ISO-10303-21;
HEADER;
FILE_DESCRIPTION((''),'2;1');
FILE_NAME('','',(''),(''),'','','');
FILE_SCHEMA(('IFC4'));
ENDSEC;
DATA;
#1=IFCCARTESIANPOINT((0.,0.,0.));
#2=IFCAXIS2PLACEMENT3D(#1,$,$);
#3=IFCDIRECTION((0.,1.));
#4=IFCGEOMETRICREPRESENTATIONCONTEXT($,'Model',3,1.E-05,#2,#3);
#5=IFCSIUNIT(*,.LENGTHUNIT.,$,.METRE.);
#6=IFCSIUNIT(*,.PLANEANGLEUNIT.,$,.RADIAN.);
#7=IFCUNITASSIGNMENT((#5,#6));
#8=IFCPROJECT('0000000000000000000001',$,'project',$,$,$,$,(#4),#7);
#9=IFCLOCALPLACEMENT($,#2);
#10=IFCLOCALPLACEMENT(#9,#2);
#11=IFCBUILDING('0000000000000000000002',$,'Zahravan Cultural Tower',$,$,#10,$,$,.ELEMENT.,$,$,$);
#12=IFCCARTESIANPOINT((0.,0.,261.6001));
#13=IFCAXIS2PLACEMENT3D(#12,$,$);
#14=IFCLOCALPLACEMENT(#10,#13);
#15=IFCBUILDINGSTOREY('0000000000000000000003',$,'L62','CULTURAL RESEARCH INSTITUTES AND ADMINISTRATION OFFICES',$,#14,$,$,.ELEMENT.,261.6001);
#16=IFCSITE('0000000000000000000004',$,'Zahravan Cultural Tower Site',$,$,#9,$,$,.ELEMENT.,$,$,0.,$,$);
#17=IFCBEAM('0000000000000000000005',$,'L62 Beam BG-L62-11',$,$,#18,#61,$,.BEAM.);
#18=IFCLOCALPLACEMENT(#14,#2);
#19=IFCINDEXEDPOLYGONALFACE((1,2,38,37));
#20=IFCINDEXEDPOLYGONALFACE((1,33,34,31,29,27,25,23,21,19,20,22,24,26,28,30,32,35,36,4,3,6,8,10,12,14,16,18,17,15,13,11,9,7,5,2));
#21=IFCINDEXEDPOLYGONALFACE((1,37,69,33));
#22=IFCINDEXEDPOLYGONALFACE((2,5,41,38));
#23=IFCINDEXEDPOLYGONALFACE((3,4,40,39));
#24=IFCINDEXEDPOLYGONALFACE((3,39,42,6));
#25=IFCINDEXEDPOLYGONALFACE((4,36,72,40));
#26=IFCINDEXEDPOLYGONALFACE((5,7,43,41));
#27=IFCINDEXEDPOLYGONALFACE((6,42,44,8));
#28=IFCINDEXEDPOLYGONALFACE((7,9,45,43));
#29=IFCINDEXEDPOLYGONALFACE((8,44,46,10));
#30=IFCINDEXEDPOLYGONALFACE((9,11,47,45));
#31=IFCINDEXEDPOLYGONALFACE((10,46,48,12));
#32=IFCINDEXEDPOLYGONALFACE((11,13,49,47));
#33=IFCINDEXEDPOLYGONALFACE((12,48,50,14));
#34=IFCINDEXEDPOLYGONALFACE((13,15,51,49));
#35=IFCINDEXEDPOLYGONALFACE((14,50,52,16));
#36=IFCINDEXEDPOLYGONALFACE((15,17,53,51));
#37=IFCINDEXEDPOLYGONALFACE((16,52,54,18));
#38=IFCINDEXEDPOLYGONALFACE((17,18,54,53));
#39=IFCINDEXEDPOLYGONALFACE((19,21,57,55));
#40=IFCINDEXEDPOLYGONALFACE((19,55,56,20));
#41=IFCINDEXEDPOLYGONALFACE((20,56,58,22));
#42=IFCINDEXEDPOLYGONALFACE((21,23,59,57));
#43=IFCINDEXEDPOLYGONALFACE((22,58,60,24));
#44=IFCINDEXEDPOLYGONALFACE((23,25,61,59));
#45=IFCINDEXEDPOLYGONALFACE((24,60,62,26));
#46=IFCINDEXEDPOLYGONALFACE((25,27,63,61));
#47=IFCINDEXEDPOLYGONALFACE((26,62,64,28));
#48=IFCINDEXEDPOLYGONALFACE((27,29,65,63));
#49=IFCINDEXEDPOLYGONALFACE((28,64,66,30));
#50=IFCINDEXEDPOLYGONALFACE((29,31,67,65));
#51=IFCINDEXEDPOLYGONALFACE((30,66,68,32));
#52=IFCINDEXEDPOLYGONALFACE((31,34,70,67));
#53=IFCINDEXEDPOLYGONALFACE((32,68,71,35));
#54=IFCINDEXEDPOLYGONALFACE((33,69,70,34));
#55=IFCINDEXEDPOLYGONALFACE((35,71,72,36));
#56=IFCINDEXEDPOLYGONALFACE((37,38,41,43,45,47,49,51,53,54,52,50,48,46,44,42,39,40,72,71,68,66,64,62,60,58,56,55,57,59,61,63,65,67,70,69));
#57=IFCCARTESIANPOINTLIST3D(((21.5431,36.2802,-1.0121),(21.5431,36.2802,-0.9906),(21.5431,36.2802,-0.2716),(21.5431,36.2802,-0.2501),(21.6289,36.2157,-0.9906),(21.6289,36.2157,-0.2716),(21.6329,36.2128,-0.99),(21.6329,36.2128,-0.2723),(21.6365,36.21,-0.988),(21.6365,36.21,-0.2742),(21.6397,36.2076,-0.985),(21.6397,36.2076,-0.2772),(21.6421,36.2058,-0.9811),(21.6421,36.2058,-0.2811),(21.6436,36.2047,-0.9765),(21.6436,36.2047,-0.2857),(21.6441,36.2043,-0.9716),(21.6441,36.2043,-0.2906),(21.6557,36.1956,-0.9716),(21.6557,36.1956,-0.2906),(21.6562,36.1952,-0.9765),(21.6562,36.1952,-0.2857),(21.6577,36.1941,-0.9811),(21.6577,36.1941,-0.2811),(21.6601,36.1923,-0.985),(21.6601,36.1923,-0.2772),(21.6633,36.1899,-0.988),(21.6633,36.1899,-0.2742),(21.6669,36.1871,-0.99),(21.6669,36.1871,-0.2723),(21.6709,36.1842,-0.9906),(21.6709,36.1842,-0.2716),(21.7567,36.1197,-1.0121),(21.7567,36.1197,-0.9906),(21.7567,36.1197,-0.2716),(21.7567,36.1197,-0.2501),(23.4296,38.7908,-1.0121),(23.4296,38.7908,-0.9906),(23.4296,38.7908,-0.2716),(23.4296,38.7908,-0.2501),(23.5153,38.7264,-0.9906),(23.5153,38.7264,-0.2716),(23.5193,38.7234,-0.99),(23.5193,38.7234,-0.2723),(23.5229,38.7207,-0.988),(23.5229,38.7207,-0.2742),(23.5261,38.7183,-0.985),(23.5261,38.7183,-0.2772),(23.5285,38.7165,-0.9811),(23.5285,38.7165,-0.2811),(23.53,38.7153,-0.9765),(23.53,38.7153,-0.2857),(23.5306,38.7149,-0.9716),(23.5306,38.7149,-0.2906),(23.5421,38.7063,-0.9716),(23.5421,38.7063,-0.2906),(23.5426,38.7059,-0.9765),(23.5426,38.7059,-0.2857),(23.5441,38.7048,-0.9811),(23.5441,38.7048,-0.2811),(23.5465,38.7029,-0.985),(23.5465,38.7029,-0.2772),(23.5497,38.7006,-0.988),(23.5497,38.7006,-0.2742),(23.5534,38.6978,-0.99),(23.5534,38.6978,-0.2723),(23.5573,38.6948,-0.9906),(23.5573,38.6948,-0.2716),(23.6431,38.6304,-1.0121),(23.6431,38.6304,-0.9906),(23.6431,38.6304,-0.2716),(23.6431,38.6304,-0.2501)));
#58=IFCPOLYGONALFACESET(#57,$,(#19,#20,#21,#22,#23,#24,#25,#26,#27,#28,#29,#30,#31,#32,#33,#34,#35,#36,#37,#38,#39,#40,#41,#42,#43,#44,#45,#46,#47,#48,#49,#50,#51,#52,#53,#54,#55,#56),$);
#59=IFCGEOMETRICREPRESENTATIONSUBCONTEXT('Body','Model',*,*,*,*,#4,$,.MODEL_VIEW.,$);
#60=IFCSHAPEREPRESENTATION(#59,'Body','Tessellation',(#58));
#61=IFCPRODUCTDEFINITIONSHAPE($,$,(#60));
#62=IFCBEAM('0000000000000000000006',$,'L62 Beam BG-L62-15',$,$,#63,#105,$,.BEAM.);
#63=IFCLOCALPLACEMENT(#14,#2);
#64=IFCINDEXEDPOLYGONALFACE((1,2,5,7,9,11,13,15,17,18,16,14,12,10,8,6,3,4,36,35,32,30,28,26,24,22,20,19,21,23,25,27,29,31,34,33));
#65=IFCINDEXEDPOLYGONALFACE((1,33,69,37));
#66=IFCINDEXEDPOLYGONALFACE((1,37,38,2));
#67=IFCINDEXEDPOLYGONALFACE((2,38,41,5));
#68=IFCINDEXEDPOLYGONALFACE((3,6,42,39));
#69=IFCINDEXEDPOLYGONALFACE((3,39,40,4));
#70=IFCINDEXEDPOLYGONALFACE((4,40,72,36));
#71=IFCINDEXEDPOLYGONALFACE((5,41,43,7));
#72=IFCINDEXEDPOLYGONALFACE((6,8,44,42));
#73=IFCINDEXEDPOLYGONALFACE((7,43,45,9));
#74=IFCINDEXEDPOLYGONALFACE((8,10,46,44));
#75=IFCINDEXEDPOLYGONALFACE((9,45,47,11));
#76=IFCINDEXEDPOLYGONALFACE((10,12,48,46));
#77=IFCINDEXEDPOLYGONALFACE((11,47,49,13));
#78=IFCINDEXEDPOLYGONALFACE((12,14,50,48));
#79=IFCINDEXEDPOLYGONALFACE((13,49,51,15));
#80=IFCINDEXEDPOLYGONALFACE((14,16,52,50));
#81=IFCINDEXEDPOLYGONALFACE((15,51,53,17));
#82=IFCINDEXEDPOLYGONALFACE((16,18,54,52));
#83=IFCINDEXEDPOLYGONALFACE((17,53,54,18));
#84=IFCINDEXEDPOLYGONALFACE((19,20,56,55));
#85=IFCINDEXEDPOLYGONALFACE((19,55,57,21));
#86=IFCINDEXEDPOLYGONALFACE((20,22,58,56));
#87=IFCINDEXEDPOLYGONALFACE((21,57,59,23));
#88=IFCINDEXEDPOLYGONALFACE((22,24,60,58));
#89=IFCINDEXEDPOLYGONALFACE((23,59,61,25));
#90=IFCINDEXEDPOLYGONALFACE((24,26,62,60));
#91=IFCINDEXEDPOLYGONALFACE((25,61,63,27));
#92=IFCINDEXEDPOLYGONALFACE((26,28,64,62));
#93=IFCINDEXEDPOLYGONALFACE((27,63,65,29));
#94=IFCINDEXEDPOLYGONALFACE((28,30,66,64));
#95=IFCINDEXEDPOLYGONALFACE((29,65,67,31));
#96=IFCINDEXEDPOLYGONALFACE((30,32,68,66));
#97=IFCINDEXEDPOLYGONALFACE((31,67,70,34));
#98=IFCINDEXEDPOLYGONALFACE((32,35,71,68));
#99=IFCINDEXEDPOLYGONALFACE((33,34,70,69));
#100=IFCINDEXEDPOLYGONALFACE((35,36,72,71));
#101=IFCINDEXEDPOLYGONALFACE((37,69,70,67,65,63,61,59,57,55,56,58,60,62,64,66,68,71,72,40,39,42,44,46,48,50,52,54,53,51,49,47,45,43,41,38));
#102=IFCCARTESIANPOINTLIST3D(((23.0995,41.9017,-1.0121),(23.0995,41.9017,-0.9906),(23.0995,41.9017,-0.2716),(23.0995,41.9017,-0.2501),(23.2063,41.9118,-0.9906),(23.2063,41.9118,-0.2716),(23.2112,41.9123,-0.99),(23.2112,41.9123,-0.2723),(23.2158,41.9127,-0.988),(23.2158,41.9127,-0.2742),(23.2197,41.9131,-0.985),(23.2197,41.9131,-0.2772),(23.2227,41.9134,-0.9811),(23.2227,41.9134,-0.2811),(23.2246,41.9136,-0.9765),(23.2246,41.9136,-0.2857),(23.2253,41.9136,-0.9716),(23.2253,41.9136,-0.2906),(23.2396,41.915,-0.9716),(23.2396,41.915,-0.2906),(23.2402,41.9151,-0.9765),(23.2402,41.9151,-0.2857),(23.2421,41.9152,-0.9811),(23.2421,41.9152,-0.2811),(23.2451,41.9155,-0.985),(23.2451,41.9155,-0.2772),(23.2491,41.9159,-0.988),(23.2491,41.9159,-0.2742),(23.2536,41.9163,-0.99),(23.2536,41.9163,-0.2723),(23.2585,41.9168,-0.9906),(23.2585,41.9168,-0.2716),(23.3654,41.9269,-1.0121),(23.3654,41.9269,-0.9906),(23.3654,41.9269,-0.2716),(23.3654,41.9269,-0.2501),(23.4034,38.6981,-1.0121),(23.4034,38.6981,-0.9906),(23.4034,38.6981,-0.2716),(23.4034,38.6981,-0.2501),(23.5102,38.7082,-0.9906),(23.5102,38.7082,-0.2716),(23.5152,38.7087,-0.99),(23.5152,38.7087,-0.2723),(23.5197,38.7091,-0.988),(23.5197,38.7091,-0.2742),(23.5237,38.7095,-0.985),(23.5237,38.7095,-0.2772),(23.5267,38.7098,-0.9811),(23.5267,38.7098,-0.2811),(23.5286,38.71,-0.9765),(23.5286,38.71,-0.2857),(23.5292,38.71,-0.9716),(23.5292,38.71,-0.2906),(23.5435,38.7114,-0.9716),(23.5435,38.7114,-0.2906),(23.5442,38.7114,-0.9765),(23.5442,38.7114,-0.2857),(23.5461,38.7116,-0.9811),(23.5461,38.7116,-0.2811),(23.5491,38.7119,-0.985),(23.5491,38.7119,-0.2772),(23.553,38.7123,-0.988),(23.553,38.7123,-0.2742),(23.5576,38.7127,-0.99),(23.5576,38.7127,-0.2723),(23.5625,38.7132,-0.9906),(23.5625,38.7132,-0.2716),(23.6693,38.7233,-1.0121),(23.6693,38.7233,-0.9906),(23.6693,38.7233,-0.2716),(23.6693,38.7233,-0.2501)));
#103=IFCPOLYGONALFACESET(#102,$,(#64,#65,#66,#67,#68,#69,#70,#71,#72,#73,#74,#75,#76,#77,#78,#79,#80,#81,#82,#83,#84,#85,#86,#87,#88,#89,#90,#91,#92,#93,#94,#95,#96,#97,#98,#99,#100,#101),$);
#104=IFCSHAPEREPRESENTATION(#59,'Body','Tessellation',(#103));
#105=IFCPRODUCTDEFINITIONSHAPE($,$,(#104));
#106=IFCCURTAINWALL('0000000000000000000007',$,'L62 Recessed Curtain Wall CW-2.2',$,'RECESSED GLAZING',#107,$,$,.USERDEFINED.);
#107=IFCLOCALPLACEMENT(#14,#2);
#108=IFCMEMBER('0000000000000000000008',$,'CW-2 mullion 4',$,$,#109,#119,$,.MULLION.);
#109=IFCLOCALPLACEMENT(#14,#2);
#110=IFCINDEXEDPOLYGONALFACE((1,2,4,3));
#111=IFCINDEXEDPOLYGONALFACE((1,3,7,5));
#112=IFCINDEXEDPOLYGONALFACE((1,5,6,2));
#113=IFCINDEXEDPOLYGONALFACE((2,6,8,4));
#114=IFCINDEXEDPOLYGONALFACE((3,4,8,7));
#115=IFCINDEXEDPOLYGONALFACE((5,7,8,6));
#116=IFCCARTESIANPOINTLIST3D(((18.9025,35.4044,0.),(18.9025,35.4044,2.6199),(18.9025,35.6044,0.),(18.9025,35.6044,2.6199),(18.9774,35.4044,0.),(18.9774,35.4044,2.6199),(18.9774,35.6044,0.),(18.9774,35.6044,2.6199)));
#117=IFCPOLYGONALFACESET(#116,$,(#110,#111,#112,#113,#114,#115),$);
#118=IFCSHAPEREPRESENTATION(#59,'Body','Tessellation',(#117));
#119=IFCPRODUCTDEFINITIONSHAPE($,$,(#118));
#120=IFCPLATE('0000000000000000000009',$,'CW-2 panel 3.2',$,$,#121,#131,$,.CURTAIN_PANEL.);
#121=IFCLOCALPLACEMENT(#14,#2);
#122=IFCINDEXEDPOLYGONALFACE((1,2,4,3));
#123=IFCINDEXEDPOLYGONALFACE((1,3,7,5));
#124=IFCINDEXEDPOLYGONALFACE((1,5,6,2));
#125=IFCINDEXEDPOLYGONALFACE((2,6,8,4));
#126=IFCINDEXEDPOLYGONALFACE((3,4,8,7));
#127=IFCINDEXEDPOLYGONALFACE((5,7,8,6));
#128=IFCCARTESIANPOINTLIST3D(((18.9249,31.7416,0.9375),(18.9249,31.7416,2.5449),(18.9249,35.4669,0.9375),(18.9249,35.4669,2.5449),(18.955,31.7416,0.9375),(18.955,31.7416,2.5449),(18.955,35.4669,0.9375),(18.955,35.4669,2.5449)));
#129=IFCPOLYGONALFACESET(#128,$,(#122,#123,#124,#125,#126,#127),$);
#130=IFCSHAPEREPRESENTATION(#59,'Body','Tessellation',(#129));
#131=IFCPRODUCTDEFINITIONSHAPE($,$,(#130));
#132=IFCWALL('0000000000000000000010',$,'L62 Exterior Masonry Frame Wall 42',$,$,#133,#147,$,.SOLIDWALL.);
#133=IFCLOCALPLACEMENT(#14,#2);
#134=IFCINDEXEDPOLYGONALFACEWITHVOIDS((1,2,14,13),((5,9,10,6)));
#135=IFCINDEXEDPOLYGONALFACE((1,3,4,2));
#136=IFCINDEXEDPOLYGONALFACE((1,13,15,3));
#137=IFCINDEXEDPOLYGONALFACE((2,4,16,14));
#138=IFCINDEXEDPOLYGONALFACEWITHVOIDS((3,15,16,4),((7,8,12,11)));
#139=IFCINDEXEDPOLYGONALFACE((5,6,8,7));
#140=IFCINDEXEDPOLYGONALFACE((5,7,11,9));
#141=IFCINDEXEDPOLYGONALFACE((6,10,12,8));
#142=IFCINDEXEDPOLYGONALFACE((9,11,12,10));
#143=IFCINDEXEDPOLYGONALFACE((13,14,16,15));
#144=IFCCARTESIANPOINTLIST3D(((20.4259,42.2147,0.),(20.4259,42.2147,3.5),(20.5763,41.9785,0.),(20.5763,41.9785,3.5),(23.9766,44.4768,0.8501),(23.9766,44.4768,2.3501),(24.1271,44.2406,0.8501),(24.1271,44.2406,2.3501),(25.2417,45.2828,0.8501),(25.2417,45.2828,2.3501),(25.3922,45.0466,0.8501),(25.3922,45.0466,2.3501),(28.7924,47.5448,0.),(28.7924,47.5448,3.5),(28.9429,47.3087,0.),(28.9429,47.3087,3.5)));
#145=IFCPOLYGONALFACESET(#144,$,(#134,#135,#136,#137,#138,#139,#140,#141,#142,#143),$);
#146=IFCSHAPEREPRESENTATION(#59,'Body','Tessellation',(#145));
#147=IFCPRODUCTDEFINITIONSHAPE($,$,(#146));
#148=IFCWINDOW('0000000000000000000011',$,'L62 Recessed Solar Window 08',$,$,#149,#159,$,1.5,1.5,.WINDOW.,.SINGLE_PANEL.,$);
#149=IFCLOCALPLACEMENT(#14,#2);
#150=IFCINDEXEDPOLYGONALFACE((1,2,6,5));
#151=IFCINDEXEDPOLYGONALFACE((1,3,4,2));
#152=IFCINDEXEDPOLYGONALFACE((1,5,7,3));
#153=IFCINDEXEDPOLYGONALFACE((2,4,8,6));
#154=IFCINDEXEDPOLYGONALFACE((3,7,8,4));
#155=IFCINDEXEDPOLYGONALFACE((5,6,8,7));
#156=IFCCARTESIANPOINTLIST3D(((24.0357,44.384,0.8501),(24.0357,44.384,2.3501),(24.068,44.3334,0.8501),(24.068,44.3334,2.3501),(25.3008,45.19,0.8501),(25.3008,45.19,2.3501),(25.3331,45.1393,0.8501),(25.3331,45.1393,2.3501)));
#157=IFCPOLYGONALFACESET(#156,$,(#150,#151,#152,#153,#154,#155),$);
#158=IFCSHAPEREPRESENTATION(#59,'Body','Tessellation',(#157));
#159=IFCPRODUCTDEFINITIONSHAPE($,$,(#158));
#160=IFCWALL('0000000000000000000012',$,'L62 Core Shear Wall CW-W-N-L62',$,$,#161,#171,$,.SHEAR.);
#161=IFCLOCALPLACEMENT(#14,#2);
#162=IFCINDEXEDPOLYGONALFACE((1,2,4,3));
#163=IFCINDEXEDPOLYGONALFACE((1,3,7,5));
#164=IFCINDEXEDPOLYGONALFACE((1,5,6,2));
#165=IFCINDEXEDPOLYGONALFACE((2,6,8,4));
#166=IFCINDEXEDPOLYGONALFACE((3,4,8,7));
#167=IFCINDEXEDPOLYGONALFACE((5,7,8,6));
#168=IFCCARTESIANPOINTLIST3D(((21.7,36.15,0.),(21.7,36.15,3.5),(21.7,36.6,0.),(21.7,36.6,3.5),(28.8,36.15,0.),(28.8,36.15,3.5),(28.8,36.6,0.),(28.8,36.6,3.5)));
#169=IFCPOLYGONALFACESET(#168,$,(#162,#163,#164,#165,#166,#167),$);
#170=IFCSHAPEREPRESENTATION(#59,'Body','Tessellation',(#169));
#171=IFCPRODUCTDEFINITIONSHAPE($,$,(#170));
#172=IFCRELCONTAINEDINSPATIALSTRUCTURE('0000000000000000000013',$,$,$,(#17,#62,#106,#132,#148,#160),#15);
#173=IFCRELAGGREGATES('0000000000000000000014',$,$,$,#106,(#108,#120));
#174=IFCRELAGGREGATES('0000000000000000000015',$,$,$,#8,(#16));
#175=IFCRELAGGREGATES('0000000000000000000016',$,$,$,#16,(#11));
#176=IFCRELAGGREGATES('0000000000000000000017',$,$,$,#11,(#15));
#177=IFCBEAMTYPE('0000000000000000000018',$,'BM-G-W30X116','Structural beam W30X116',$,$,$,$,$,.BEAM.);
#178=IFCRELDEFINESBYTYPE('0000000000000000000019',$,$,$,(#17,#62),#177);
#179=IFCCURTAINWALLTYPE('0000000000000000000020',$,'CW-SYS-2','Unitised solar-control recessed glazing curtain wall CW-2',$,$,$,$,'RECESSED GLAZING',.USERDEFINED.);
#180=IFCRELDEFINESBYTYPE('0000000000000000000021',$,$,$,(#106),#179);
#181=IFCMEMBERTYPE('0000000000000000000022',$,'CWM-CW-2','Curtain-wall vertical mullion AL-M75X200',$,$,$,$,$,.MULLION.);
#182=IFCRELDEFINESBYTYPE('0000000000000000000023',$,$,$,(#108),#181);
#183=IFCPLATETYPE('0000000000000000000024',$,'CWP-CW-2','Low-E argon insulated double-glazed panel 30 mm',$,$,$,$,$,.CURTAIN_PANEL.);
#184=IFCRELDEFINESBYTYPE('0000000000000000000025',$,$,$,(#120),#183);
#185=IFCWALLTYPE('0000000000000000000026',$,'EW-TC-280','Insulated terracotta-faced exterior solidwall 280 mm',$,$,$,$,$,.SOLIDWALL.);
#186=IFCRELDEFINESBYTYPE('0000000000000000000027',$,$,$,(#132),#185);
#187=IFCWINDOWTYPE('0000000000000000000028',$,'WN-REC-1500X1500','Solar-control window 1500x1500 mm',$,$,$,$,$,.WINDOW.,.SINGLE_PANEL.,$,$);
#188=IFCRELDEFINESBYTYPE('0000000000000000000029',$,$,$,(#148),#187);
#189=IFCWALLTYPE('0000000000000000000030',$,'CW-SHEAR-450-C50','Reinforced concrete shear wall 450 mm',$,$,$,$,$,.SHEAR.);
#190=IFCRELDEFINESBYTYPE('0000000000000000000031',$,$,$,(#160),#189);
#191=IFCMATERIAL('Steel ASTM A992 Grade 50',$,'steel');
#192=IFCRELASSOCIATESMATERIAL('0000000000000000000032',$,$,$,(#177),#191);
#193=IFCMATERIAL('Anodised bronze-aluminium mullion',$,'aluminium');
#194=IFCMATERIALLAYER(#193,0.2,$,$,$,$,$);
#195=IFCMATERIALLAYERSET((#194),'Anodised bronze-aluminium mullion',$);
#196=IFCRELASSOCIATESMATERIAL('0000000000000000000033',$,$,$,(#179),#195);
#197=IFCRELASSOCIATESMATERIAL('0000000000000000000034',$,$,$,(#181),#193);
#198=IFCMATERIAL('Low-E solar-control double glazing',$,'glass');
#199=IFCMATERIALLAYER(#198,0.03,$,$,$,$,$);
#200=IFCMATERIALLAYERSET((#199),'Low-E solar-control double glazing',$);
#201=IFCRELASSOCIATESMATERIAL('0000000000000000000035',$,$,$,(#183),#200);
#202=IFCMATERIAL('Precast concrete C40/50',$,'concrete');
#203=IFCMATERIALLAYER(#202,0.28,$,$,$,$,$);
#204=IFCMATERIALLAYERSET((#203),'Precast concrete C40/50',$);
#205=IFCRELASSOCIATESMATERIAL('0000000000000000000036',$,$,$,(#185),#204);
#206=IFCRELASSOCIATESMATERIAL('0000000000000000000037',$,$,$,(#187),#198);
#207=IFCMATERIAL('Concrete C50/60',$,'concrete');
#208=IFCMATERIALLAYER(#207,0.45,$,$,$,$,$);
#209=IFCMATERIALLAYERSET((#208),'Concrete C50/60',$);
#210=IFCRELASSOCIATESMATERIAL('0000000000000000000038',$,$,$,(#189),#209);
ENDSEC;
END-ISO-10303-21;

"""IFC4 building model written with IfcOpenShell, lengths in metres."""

from ifc_helpers import new_model, si_unit, direction, frame, frame_2d, origin, origin_2d, place, context, subcontext, project, spatial, rectangle, i_section, extrude, source, transform, mapped, material, layer, layer_set, material_profile, profile_set, type_object, element, fill, aggregate, save


model = new_model("IFC4")

# Units and contexts
model_context = context("Model", 3, precision=1e-05, world=origin(), true_north=direction((0.0, 1.0)))
body_context = subcontext(model_context, "Body", "Model", "MODEL_VIEW")
ifc_project = project(units=[si_unit("LENGTHUNIT", "METRE"), si_unit("PLANEANGLEUNIT", "RADIAN")], contexts=[model_context])

# Site, building, storey
site_placement = place(None, origin())
site = spatial("IfcSite", under=ifc_project, at=site_placement, Name="Zahravan Cultural Tower Site", CompositionType="ELEMENT", RefElevation=0.0)
building_placement = place(site_placement, origin())
building = spatial("IfcBuilding", under=site, at=building_placement, Name="Zahravan Cultural Tower", CompositionType="ELEMENT")
storey_placement = place(building_placement, frame((0.0, 0.0, 261.6001)))
storey = spatial("IfcBuildingStorey", under=building, at=storey_placement, Name="L62", Description="CULTURAL RESEARCH INSTITUTES AND ADMINISTRATION OFFICES", CompositionType="ELEMENT", Elevation=261.6001)

# Shared definitions
ifc_material_1 = material(Name="Concrete C50/60", Category="concrete")
ifc_material_2 = material(Name="Steel ASTM A992 Grade 50", Category="steel")

# Beams
ifc_material_profile_1 = material_profile(ifc_material_2, i_section(OverallWidth=0.2671, OverallDepth=0.762, WebThickness=0.0144, FlangeThickness=0.0215, FilletRadius=0.019, at=origin_2d()), Name="W30X116")
ifc_profile_set_1 = profile_set([ifc_material_profile_1], Name="Steel ASTM A992 Grade 50")
beam_type_1 = type_object("IfcBeamType", Name="BM-G-W30X116", Description="Structural beam W30X116", PredefinedType="BEAM", material=ifc_profile_set_1)
shared_shape_1 = source(origin(), body_context, "Body", "SweptSolid", [
    extrude(i_section(OverallWidth=0.2671, OverallDepth=0.762, WebThickness=0.0144, FlangeThickness=0.0215, FilletRadius=0.019, at=origin_2d()), origin(), (0.0, 0.0, 1.0), 3.1404),
])
beam_1_placement = place(storey_placement, frame((21.6499, 36.2, -0.6311), z_axis=(0.600696, 0.799477, 0.0), x_axis=(-0.799477, 0.600696, 0.0)))
element("IfcBeam", 1, at=beam_1_placement, inside=storey, type_object=beam_type_1, Name="L62 Beam BG-L62-11", PredefinedType="BEAM", context=body_context, shape_type="MappedRepresentation", body=[
    mapped(shared_shape_1, transform((0.0, 0.0, 0.0), x_axis=(1.0, 0.0, 0.0), y_axis=(0.0, 1.0, 0.0), z_axis=(0.0, 0.0, 1.0), scale=1.0)),
])
shared_shape_2 = source(origin(), body_context, "Body", "SweptSolid", [
    extrude(i_section(OverallWidth=0.2671, OverallDepth=0.762, WebThickness=0.0144, FlangeThickness=0.0215, FilletRadius=0.019, at=origin_2d()), origin(), (0.0, 0.0, 1.0), 3.218),
])
beam_2_placement = place(storey_placement, frame((23.5364, 38.7107, -0.6311), z_axis=(-0.094455, 0.995529, 0.0), x_axis=(-0.995529, -0.094455, 0.0)))
element("IfcBeam", 2, at=beam_2_placement, inside=storey, type_object=beam_type_1, Name="L62 Beam BG-L62-15", PredefinedType="BEAM", context=body_context, shape_type="MappedRepresentation", body=[
    mapped(shared_shape_2, transform((0.0, 0.0, 0.0), x_axis=(1.0, 0.0, 0.0), y_axis=(0.0, 1.0, 0.0), z_axis=(0.0, 0.0, 1.0), scale=1.0)),
])

# Curtain wall, member, plate
ifc_material_3 = material(Name="Anodised bronze-aluminium mullion", Category="aluminium")
ifc_layer_1 = layer(ifc_material_3, 0.2)
ifc_layer_set_1 = layer_set([ifc_layer_1], Name="Anodised bronze-aluminium mullion")
curtain_wall_type = type_object("IfcCurtainWallType", Name="CW-SYS-2", Description="Unitised solar-control recessed glazing curtain wall CW-2", ElementType="RECESSED GLAZING", PredefinedType="USERDEFINED", material=ifc_layer_set_1)
curtain_wall_placement = place(storey_placement, origin())
curtain_wall = element("IfcCurtainWall", 3, at=curtain_wall_placement, inside=storey, type_object=curtain_wall_type, Name="L62 Recessed Curtain Wall CW-2.2", ObjectType="RECESSED GLAZING", PredefinedType="USERDEFINED")
ifc_material_profile_2 = material_profile(ifc_material_3, rectangle(XDim=0.075, YDim=0.2, at=origin_2d()), Name="AL-M75X200")
ifc_profile_set_2 = profile_set([ifc_material_profile_2], Name="Anodised bronze-aluminium mullion")
member_type = type_object("IfcMemberType", Name="CWM-CW-2", Description="Curtain-wall vertical mullion AL-M75X200", PredefinedType="MULLION", material=ifc_profile_set_2)
shared_shape_3 = source(origin(), body_context, "Body", "SweptSolid", [
    extrude(rectangle(XDim=0.075, YDim=0.2, at=origin_2d()), origin(), (0.0, 0.0, 1.0), 2.6199),
])
member_placement = place(storey_placement, frame((18.9399, 35.5044, 0.0), z_axis=(0.0, 0.0, 1.0), x_axis=(-1.0, 0.0, 0.0)))
member = element("IfcMember", 4, at=member_placement, type_object=member_type, Name="CW-2 mullion 4", PredefinedType="MULLION", context=body_context, shape_type="MappedRepresentation", body=[
    mapped(shared_shape_3, transform((0.0, 0.0, 0.0), x_axis=(1.0, 0.0, 0.0), y_axis=(0.0, 1.0, 0.0), z_axis=(0.0, 0.0, 1.0), scale=1.0)),
])
ifc_material_4 = material(Name="Low-E solar-control double glazing", Category="glass")
ifc_layer_2 = layer(ifc_material_4, 0.03)
ifc_layer_set_2 = layer_set([ifc_layer_2], Name="Low-E solar-control double glazing")
plate_type = type_object("IfcPlateType", Name="CWP-CW-2", Description="Low-E argon insulated double-glazed panel 30 mm", PredefinedType="CURTAIN_PANEL", material=ifc_layer_set_2)
shared_shape_4 = source(origin(), body_context, "Body", "SweptSolid", [
    extrude(rectangle(XDim=3.7253, YDim=0.03, at=origin_2d()), origin(), (0.0, 0.0, 1.0), 1.6074),
])
plate_placement = place(storey_placement, frame((18.9399, 33.6042, 0.9375), z_axis=(0.0, 0.0, 1.0), x_axis=(0.0, 1.0, 0.0)))
plate = element("IfcPlate", 5, at=plate_placement, type_object=plate_type, Name="CW-2 panel 3.2", PredefinedType="CURTAIN_PANEL", context=body_context, shape_type="MappedRepresentation", body=[
    mapped(shared_shape_4, transform((0.0, 0.0, 0.0), x_axis=(1.0, 0.0, 0.0), y_axis=(0.0, 1.0, 0.0), z_axis=(0.0, 0.0, 1.0), scale=1.0)),
])
aggregate(curtain_wall, [member, plate])

# Wall, opening, window
ifc_material_5 = material(Name="Precast concrete C40/50", Category="concrete")
ifc_layer_3 = layer(ifc_material_5, 0.28)
ifc_layer_set_3 = layer_set([ifc_layer_3], Name="Precast concrete C40/50")
wall_type_1 = type_object("IfcWallType", Name="EW-TC-280", Description="Insulated terracotta-faced exterior solidwall 280 mm", PredefinedType="SOLIDWALL", material=ifc_layer_set_3)
wall_1_placement = place(storey_placement, frame((20.5012, 42.0967, 0.0), z_axis=(0.0, 0.0, 1.0), x_axis=(0.843389, 0.537304, 0.0)))
wall_1 = element("IfcWall", 6, at=wall_1_placement, inside=storey, type_object=wall_type_1, Name="L62 Exterior Masonry Frame Wall 42", PredefinedType="SOLIDWALL", context=body_context, shape_type="SweptSolid", body=[
    extrude(rectangle(XDim=9.9202, YDim=0.28, at=frame_2d((4.96, 0.0))), origin(), (0.0, 0.0, 1.0), 3.5),
])
opening_placement = place(wall_1_placement, frame((4.21, 0.0, 0.8501)))
opening = element("IfcOpeningElement", 7, at=opening_placement, cuts=wall_1, PredefinedType="OPENING", context=body_context, shape_type="SweptSolid", body=[
    extrude(rectangle(XDim=1.5, YDim=1.5, at=frame_2d((0.75, 0.75))), frame((0.0, 0.1499, 0.0), z_axis=(0.0, -1.0, 0.0), x_axis=(1.0, 0.0, 0.0)), (0.0, 0.0, 1.0), 0.3),
])
window_type = type_object("IfcWindowType", Name="WN-REC-1500X1500", Description="Solar-control window 1500x1500 mm", PartitioningType="SINGLE_PANEL", PredefinedType="WINDOW", material=ifc_material_4)
shared_shape_5 = source(origin(), body_context, "Body", "SweptSolid", [
    extrude(rectangle(XDim=1.5, YDim=1.5, at=frame_2d((0.75, 0.75))), frame((0.0, 0.03, 0.0), z_axis=(0.0, -1.0, 0.0), x_axis=(1.0, 0.0, 0.0)), (0.0, 0.0, 1.0), 0.0601),
])
window_placement = place(opening_placement, origin())
window = element("IfcWindow", 8, at=window_placement, inside=storey, type_object=window_type, Name="L62 Recessed Solar Window 08", OverallHeight=1.5, OverallWidth=1.5, PartitioningType="SINGLE_PANEL", PredefinedType="WINDOW", context=body_context, shape_type="MappedRepresentation", body=[
    mapped(shared_shape_5, transform((0.0, 0.0, 0.0), x_axis=(1.0, 0.0, 0.0), y_axis=(0.0, 1.0, 0.0), z_axis=(0.0, 0.0, 1.0), scale=1.0)),
])
fill(opening, window)

# Wall
ifc_layer_4 = layer(ifc_material_1, 0.45)
ifc_layer_set_4 = layer_set([ifc_layer_4], Name="Concrete C50/60")
wall_type_2 = type_object("IfcWallType", Name="CW-SHEAR-450-C50", Description="Reinforced concrete shear wall 450 mm", PredefinedType="SHEAR", material=ifc_layer_set_4)
shared_shape_6 = source(origin(), body_context, "Body", "SweptSolid", [
    extrude(rectangle(XDim=7.1001, YDim=0.45, at=frame_2d((3.55, 0.0))), origin(), (0.0, 0.0, 1.0), 3.5),
])
wall_2_placement = place(storey_placement, frame((21.7, 36.375, 0.0), z_axis=(0.0, 0.0, 1.0), x_axis=(1.0, 0.0, 0.0)))
element("IfcWall", 9, at=wall_2_placement, inside=storey, type_object=wall_type_2, Name="L62 Core Shear Wall CW-W-N-L62", PredefinedType="SHEAR", context=body_context, shape_type="MappedRepresentation", body=[
    mapped(shared_shape_6, transform((0.0, 0.0, 0.0), x_axis=(1.0, 0.0, 0.0), y_axis=(0.0, 1.0, 0.0), z_axis=(0.0, 0.0, 1.0), scale=1.0)),
])

save(model, "model.ifc")
